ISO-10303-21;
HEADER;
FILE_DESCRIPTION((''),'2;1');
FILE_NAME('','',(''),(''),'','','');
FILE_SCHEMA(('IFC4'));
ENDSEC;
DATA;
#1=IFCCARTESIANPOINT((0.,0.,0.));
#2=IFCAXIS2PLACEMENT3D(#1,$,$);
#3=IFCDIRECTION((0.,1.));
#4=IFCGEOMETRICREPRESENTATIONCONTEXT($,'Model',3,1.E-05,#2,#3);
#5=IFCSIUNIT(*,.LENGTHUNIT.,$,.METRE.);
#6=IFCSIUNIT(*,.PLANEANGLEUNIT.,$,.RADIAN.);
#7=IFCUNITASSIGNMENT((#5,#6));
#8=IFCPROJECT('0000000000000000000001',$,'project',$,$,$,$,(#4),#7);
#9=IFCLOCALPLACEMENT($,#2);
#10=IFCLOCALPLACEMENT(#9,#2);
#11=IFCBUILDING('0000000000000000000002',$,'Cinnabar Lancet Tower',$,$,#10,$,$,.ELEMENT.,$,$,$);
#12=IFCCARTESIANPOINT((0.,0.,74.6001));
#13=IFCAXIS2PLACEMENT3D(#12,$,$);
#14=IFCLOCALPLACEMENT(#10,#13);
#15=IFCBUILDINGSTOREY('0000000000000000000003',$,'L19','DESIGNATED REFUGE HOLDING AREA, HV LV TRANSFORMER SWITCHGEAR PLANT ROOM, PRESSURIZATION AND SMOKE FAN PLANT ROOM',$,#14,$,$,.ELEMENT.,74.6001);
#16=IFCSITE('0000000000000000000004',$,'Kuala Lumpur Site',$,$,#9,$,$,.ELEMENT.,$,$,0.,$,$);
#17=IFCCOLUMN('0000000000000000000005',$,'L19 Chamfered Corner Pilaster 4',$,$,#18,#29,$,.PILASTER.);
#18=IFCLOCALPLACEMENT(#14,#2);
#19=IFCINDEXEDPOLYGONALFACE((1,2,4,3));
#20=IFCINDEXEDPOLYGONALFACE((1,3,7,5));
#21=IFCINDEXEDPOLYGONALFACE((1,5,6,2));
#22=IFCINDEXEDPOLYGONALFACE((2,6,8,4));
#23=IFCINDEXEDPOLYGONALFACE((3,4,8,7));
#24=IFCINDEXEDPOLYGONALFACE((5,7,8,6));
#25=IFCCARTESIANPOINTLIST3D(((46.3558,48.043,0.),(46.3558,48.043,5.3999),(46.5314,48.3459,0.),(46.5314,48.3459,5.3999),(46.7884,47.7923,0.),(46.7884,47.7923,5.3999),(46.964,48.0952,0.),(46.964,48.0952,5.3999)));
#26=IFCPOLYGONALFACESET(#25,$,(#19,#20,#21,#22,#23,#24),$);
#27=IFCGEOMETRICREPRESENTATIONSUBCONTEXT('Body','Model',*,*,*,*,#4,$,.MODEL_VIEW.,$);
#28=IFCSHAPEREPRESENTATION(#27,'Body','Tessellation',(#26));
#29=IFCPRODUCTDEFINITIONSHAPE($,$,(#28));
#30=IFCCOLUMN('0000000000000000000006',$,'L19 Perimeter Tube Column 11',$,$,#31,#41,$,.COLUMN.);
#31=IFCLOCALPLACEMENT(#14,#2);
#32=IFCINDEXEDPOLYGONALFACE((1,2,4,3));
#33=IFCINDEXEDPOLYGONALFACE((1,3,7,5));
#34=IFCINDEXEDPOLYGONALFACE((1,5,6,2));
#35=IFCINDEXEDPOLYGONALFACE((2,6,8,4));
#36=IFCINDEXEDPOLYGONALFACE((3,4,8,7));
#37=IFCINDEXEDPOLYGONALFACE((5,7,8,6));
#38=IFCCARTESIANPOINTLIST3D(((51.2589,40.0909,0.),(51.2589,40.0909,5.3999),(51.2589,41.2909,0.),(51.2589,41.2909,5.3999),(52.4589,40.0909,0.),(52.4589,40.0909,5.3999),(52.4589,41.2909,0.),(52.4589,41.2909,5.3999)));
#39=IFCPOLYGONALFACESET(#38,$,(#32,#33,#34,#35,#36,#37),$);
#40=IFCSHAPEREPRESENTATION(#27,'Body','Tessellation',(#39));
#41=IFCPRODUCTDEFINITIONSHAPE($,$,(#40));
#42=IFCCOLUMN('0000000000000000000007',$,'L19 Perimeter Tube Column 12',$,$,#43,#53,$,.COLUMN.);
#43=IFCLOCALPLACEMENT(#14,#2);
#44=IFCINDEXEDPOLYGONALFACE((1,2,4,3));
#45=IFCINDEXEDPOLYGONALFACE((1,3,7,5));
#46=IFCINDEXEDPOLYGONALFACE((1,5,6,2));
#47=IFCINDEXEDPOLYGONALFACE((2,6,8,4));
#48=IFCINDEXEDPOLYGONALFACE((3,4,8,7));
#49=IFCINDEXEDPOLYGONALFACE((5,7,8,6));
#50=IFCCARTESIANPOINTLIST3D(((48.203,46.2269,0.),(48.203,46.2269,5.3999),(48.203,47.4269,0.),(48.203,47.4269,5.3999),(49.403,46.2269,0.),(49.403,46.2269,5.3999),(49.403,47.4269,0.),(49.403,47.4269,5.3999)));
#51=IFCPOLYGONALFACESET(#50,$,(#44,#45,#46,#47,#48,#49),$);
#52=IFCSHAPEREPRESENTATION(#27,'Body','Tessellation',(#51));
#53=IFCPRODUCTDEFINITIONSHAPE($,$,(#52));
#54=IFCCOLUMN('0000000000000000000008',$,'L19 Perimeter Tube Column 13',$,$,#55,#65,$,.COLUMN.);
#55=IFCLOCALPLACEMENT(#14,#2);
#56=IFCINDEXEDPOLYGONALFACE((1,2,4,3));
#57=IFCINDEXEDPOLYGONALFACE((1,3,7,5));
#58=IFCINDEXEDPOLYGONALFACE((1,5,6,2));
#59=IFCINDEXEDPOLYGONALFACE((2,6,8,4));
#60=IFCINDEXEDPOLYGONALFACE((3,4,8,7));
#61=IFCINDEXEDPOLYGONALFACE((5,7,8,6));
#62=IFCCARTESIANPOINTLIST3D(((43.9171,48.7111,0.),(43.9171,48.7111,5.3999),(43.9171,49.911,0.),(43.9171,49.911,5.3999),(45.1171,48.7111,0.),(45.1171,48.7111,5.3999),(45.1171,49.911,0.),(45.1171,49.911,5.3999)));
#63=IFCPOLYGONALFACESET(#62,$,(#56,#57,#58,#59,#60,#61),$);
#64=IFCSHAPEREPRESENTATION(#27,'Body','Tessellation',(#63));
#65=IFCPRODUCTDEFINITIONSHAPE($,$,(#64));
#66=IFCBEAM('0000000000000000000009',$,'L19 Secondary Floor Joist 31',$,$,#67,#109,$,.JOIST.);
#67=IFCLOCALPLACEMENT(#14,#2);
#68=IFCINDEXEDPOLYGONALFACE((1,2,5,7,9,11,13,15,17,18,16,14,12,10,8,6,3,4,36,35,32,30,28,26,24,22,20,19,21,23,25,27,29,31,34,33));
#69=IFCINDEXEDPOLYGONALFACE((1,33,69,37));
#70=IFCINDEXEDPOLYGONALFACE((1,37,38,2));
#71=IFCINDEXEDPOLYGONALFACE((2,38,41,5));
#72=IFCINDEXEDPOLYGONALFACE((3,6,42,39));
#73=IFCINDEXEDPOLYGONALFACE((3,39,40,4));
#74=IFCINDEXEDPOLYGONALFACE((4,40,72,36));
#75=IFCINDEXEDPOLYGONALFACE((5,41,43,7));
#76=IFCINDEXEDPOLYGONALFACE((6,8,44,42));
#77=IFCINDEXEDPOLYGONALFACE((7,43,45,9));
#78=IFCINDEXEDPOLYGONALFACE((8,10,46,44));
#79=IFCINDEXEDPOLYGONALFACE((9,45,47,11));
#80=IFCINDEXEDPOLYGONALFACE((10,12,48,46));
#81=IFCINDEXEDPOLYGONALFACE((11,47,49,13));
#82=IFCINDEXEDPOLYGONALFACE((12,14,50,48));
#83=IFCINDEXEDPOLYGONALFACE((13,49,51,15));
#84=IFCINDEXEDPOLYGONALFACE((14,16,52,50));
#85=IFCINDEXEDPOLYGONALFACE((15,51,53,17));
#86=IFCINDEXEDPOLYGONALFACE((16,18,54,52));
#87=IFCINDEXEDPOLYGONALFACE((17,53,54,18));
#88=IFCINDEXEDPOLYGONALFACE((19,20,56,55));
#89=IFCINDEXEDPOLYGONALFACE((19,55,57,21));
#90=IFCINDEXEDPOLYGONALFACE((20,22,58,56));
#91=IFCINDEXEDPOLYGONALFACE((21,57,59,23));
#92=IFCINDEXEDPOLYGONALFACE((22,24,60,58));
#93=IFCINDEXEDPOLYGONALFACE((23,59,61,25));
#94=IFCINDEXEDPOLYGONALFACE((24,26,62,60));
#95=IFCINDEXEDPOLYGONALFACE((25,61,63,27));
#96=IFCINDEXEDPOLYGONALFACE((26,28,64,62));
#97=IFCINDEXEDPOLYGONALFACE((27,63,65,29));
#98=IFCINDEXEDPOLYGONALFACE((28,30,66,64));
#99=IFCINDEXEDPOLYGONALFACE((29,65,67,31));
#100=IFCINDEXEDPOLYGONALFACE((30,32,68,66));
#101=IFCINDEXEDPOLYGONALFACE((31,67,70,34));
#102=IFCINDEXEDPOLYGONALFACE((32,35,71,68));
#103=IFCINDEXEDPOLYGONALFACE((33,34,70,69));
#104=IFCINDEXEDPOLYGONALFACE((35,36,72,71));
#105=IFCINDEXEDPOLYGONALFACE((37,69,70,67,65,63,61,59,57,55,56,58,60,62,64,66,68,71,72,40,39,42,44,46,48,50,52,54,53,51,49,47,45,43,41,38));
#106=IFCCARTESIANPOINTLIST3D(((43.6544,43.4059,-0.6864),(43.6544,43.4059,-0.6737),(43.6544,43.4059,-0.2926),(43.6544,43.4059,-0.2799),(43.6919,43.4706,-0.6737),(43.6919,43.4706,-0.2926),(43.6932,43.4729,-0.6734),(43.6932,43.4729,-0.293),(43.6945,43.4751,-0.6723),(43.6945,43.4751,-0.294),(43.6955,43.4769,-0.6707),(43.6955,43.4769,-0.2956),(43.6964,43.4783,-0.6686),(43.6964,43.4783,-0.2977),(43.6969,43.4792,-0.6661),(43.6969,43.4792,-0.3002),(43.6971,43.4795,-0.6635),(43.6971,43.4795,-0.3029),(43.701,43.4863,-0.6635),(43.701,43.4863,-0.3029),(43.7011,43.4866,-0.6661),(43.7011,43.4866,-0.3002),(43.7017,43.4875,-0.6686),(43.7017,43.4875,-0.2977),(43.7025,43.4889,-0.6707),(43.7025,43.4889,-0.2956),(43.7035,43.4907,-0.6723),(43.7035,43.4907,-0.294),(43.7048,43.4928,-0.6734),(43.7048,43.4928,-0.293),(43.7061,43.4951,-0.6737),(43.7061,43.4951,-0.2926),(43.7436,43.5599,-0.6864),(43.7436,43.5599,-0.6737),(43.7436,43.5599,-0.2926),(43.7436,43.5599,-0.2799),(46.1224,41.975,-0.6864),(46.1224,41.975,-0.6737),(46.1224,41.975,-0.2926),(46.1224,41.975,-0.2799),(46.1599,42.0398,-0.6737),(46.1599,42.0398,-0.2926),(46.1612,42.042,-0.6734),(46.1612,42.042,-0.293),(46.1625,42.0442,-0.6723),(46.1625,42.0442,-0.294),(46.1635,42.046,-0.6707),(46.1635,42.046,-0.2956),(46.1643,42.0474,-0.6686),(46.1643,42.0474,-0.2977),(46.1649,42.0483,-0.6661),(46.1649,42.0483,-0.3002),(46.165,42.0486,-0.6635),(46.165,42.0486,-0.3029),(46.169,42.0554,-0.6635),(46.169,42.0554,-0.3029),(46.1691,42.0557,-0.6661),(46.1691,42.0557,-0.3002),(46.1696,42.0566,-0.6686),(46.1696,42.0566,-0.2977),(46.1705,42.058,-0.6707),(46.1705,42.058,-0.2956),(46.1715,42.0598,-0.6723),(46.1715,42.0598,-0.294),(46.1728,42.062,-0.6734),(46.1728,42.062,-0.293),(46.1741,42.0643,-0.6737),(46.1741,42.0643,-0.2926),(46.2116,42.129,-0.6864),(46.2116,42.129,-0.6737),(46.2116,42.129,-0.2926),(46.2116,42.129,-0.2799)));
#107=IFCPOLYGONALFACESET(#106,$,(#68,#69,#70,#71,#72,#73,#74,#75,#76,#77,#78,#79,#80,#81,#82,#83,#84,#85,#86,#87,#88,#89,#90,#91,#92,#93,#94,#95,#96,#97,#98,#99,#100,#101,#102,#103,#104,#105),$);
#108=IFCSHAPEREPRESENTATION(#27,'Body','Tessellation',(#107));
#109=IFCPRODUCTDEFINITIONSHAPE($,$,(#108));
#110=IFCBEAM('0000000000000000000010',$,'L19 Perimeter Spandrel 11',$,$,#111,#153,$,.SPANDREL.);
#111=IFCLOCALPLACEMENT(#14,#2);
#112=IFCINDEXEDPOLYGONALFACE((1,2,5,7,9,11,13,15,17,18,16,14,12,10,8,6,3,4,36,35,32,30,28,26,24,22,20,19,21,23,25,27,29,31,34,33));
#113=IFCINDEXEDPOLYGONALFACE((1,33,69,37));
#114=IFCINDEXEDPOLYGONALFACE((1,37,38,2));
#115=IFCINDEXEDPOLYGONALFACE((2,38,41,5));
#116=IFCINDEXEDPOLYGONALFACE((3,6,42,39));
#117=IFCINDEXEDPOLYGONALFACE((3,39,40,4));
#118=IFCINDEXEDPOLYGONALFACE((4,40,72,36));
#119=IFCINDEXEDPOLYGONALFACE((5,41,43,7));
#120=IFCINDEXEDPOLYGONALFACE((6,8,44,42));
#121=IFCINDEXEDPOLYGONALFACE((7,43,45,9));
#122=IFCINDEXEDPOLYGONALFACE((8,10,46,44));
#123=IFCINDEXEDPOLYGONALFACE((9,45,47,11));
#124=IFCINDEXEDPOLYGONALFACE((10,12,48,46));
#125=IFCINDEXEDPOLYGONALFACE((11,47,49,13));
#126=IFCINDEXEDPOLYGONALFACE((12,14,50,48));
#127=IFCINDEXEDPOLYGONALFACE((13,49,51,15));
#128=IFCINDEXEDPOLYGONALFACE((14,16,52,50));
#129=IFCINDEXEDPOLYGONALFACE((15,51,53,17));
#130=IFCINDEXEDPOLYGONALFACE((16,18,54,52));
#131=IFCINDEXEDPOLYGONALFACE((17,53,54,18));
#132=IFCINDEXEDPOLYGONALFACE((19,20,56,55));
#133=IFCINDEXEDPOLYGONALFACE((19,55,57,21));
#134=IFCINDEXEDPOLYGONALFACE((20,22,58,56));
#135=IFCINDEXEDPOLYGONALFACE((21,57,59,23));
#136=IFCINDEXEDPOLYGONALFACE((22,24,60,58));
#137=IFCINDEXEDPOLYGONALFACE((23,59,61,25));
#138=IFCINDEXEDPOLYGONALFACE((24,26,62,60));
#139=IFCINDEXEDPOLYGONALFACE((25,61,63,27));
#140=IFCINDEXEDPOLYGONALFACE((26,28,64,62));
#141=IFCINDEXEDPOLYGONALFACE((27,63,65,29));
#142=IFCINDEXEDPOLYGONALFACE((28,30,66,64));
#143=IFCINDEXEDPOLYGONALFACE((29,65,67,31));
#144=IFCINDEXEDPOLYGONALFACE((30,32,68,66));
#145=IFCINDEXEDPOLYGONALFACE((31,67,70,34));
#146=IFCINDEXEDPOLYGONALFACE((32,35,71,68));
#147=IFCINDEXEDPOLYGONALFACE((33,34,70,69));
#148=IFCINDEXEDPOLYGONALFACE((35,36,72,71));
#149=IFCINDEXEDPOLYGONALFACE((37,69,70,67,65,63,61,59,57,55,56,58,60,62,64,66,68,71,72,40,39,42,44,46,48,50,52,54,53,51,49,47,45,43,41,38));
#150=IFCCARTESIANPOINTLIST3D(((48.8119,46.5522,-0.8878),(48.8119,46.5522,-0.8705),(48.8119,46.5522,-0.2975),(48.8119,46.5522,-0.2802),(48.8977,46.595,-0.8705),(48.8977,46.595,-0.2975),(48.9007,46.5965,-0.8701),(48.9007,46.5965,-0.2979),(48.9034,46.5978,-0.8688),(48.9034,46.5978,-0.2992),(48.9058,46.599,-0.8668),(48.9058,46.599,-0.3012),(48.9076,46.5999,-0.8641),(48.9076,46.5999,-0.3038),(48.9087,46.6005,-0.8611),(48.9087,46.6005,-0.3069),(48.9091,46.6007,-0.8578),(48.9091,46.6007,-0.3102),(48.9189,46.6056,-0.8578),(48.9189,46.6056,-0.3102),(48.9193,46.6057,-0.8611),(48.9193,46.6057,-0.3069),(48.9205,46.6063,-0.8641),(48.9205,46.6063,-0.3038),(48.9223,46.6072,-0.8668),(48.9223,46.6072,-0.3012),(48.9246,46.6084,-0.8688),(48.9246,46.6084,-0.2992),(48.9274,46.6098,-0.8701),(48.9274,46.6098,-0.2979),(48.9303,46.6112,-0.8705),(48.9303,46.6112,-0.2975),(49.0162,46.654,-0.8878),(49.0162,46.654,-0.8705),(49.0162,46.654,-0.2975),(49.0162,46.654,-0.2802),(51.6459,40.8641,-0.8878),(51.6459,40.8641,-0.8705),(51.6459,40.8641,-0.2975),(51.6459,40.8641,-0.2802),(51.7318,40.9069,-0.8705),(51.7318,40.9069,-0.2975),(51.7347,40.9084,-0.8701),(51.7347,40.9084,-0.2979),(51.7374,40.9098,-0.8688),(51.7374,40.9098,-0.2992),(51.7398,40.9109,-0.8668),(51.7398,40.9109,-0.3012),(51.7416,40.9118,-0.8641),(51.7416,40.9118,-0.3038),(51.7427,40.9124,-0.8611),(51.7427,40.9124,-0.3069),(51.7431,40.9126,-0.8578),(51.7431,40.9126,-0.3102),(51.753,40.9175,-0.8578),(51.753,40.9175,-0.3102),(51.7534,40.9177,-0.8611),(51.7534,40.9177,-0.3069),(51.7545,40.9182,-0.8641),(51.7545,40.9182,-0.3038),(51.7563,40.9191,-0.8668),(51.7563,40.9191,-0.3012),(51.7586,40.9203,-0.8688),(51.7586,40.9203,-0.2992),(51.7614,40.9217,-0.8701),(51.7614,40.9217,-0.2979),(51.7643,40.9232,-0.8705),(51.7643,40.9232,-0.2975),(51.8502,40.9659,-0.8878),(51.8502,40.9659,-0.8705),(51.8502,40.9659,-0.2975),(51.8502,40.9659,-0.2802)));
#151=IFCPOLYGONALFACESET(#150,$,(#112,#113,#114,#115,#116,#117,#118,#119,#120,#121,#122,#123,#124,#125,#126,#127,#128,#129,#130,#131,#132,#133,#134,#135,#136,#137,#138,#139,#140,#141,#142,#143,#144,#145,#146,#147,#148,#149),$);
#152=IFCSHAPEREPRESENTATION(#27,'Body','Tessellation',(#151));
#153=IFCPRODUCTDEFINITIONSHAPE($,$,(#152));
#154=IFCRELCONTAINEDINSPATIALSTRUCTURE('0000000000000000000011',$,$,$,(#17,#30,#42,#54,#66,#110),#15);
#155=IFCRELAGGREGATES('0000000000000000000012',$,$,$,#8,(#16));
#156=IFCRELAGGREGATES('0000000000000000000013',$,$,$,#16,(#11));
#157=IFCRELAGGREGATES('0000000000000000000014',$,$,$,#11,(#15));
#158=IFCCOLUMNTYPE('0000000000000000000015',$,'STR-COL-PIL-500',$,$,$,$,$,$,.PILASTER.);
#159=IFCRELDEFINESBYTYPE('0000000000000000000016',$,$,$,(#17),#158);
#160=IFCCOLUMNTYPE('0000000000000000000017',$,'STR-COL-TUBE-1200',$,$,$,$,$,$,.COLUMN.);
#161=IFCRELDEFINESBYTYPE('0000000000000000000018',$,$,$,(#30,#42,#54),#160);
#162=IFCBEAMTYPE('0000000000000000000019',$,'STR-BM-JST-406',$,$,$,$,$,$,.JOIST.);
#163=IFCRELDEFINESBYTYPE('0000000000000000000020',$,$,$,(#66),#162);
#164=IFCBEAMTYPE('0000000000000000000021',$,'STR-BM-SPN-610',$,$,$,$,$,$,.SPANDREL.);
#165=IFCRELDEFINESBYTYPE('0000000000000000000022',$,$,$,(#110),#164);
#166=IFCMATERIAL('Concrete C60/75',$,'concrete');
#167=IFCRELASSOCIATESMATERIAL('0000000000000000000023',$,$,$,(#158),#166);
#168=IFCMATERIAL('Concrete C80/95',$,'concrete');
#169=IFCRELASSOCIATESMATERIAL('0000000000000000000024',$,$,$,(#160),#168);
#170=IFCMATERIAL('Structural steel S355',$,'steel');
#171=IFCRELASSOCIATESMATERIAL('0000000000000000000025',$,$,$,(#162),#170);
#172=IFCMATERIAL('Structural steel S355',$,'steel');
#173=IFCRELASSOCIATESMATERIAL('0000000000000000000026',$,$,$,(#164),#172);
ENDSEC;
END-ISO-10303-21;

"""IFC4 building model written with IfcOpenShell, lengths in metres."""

from ifc_helpers import new_model, si_unit, direction, frame, origin, origin_2d, place, context, subcontext, project, spatial, rectangle, i_section, extrude, material, material_profile, profile_set, type_object, element, save


model = new_model("IFC4")

# Units and contexts
model_context = context("Model", 3, precision=1e-05, world=origin(), true_north=direction((0.0, 1.0)))
body_context = subcontext(model_context, "Body", "Model", "MODEL_VIEW")
ifc_project = project(units=[si_unit("LENGTHUNIT", "METRE"), si_unit("PLANEANGLEUNIT", "RADIAN")], contexts=[model_context])

# Site, building, storey
site_placement = place(None, origin())
site = spatial("IfcSite", under=ifc_project, at=site_placement, Name="Kuala Lumpur Site", CompositionType="ELEMENT", RefElevation=0.0)
building_placement = place(site_placement, origin())
building = spatial("IfcBuilding", under=site, at=building_placement, Name="Cinnabar Lancet Tower", CompositionType="ELEMENT")
storey_placement = place(building_placement, frame((0.0, 0.0, 74.6001)))
storey = spatial("IfcBuildingStorey", under=building, at=storey_placement, Name="L19", Description="DESIGNATED REFUGE HOLDING AREA, HV LV TRANSFORMER SWITCHGEAR PLANT ROOM, PRESSURIZATION AND SMOKE FAN PLANT ROOM", CompositionType="ELEMENT", Elevation=74.6001)

# Columns
ifc_material_1 = material(Name="Concrete C60/75", Category="concrete")
ifc_material_profile_1 = material_profile(ifc_material_1, rectangle(XDim=0.5, YDim=0.3501, at=origin_2d()), Name="RC-PIL 500x350")
ifc_profile_set_1 = profile_set([ifc_material_profile_1], Name="Concrete C60/75")
column_type_1 = type_object("IfcColumnType", Name="STR-COL-PIL-500", PredefinedType="PILASTER", material=ifc_profile_set_1)
column_placement = place(storey_placement, frame((46.6599, 48.0691, 0.0), z_axis=(0.0, 0.0, 1.0), x_axis=(-0.865195, 0.501435, 0.0)))
element("IfcColumn", 1, at=column_placement, inside=storey, type_object=column_type_1, Name="L19 Chamfered Corner Pilaster 4", PredefinedType="PILASTER", context=body_context, shape_type="SweptSolid", body=[
    extrude(rectangle(XDim=0.5, YDim=0.3501, at=origin_2d()), origin(), (0.0, 0.0, 1.0), 5.3999),
])
ifc_material_2 = material(Name="Concrete C80/95", Category="concrete")
ifc_material_profile_2 = material_profile(ifc_material_2, rectangle(XDim=1.2, YDim=1.2, at=origin_2d()), Name="RC-COL 1200x1200")
ifc_profile_set_2 = profile_set([ifc_material_profile_2], Name="Concrete C80/95")
column_type_2 = type_object("IfcColumnType", Name="STR-COL-TUBE-1200", PredefinedType="COLUMN", material=ifc_profile_set_2)
for number, where, z_axis, x_axis, name in (
    (2, (51.8589, 40.6909, 0.0), (0.0, 0.0, 1.0), (1.0, 0.0, 0.0), "L19 Perimeter Tube Column 11"),
    (3, (48.803, 46.8269, 0.0), (0.0, 0.0, 1.0), (1.0, 0.0, 0.0), "L19 Perimeter Tube Column 12"),
    (4, (44.5171, 49.311, 0.0), (0.0, 0.0, 1.0), (1.0, 0.0, 0.0), "L19 Perimeter Tube Column 13"),
):
    element("IfcColumn", number, at=place(storey_placement, frame(where, z_axis=z_axis, x_axis=x_axis)), inside=storey, type_object=column_type_2, Name=name, PredefinedType="COLUMN", context=body_context, shape_type="SweptSolid", body=[
        extrude(rectangle(XDim=1.2, YDim=1.2, at=origin_2d()), origin(), (0.0, 0.0, 1.0), 5.3999),
    ])

# Beams
ifc_material_3 = material(Name="Structural steel S355", Category="steel")
ifc_material_profile_3 = material_profile(ifc_material_3, i_section(OverallWidth=0.178, OverallDepth=0.4065, WebThickness=0.0078, FlangeThickness=0.0127, FilletRadius=0.0103, at=origin_2d()), Name="UKB 406x178x60")
ifc_profile_set_3 = profile_set([ifc_material_profile_3], Name="Structural steel S355")
beam_type_1 = type_object("IfcBeamType", Name="STR-BM-JST-406", PredefinedType="JOIST", material=ifc_profile_set_3)
beam_1_placement = place(storey_placement, frame((46.167, 42.052, -0.4832), z_axis=(-0.865114, 0.501576, 0.0), x_axis=(-0.501576, -0.865114, 0.0)))
element("IfcBeam", 5, at=beam_1_placement, inside=storey, type_object=beam_type_1, Name="L19 Secondary Floor Joist 31", PredefinedType="JOIST", context=body_context, shape_type="SweptSolid", body=[
    extrude(i_section(OverallWidth=0.178, OverallDepth=0.4065, WebThickness=0.0078, FlangeThickness=0.0127, FilletRadius=0.0103, at=origin_2d()), origin(), (0.0, 0.0, 1.0), 2.8528),
])
ifc_material_4 = material(Name="Structural steel S355", Category="steel")
ifc_material_profile_4 = material_profile(ifc_material_4, i_section(OverallWidth=0.2283, OverallDepth=0.6077, WebThickness=0.011, FlangeThickness=0.0173, FilletRadius=0.0127, at=origin_2d()), Name="UKB 610x229x113")
ifc_profile_set_4 = profile_set([ifc_material_profile_4], Name="Structural steel S355")
beam_type_2 = type_object("IfcBeamType", Name="STR-BM-SPN-610", PredefinedType="SPANDREL", material=ifc_profile_set_4)
beam_2_placement = place(storey_placement, frame((51.748, 40.915, -0.584), z_axis=(-0.445953, 0.895056, 0.0), x_axis=(-0.895056, -0.445953, 0.0)))
element("IfcBeam", 6, at=beam_2_placement, inside=storey, type_object=beam_type_2, Name="L19 Perimeter Spandrel 11", PredefinedType="SPANDREL", context=body_context, shape_type="SweptSolid", body=[
    extrude(i_section(OverallWidth=0.2283, OverallDepth=0.6077, WebThickness=0.011, FlangeThickness=0.0173, FilletRadius=0.0127, at=origin_2d()), origin(), (0.0, 0.0, 1.0), 6.355),
])

save(model, "model.ifc")
